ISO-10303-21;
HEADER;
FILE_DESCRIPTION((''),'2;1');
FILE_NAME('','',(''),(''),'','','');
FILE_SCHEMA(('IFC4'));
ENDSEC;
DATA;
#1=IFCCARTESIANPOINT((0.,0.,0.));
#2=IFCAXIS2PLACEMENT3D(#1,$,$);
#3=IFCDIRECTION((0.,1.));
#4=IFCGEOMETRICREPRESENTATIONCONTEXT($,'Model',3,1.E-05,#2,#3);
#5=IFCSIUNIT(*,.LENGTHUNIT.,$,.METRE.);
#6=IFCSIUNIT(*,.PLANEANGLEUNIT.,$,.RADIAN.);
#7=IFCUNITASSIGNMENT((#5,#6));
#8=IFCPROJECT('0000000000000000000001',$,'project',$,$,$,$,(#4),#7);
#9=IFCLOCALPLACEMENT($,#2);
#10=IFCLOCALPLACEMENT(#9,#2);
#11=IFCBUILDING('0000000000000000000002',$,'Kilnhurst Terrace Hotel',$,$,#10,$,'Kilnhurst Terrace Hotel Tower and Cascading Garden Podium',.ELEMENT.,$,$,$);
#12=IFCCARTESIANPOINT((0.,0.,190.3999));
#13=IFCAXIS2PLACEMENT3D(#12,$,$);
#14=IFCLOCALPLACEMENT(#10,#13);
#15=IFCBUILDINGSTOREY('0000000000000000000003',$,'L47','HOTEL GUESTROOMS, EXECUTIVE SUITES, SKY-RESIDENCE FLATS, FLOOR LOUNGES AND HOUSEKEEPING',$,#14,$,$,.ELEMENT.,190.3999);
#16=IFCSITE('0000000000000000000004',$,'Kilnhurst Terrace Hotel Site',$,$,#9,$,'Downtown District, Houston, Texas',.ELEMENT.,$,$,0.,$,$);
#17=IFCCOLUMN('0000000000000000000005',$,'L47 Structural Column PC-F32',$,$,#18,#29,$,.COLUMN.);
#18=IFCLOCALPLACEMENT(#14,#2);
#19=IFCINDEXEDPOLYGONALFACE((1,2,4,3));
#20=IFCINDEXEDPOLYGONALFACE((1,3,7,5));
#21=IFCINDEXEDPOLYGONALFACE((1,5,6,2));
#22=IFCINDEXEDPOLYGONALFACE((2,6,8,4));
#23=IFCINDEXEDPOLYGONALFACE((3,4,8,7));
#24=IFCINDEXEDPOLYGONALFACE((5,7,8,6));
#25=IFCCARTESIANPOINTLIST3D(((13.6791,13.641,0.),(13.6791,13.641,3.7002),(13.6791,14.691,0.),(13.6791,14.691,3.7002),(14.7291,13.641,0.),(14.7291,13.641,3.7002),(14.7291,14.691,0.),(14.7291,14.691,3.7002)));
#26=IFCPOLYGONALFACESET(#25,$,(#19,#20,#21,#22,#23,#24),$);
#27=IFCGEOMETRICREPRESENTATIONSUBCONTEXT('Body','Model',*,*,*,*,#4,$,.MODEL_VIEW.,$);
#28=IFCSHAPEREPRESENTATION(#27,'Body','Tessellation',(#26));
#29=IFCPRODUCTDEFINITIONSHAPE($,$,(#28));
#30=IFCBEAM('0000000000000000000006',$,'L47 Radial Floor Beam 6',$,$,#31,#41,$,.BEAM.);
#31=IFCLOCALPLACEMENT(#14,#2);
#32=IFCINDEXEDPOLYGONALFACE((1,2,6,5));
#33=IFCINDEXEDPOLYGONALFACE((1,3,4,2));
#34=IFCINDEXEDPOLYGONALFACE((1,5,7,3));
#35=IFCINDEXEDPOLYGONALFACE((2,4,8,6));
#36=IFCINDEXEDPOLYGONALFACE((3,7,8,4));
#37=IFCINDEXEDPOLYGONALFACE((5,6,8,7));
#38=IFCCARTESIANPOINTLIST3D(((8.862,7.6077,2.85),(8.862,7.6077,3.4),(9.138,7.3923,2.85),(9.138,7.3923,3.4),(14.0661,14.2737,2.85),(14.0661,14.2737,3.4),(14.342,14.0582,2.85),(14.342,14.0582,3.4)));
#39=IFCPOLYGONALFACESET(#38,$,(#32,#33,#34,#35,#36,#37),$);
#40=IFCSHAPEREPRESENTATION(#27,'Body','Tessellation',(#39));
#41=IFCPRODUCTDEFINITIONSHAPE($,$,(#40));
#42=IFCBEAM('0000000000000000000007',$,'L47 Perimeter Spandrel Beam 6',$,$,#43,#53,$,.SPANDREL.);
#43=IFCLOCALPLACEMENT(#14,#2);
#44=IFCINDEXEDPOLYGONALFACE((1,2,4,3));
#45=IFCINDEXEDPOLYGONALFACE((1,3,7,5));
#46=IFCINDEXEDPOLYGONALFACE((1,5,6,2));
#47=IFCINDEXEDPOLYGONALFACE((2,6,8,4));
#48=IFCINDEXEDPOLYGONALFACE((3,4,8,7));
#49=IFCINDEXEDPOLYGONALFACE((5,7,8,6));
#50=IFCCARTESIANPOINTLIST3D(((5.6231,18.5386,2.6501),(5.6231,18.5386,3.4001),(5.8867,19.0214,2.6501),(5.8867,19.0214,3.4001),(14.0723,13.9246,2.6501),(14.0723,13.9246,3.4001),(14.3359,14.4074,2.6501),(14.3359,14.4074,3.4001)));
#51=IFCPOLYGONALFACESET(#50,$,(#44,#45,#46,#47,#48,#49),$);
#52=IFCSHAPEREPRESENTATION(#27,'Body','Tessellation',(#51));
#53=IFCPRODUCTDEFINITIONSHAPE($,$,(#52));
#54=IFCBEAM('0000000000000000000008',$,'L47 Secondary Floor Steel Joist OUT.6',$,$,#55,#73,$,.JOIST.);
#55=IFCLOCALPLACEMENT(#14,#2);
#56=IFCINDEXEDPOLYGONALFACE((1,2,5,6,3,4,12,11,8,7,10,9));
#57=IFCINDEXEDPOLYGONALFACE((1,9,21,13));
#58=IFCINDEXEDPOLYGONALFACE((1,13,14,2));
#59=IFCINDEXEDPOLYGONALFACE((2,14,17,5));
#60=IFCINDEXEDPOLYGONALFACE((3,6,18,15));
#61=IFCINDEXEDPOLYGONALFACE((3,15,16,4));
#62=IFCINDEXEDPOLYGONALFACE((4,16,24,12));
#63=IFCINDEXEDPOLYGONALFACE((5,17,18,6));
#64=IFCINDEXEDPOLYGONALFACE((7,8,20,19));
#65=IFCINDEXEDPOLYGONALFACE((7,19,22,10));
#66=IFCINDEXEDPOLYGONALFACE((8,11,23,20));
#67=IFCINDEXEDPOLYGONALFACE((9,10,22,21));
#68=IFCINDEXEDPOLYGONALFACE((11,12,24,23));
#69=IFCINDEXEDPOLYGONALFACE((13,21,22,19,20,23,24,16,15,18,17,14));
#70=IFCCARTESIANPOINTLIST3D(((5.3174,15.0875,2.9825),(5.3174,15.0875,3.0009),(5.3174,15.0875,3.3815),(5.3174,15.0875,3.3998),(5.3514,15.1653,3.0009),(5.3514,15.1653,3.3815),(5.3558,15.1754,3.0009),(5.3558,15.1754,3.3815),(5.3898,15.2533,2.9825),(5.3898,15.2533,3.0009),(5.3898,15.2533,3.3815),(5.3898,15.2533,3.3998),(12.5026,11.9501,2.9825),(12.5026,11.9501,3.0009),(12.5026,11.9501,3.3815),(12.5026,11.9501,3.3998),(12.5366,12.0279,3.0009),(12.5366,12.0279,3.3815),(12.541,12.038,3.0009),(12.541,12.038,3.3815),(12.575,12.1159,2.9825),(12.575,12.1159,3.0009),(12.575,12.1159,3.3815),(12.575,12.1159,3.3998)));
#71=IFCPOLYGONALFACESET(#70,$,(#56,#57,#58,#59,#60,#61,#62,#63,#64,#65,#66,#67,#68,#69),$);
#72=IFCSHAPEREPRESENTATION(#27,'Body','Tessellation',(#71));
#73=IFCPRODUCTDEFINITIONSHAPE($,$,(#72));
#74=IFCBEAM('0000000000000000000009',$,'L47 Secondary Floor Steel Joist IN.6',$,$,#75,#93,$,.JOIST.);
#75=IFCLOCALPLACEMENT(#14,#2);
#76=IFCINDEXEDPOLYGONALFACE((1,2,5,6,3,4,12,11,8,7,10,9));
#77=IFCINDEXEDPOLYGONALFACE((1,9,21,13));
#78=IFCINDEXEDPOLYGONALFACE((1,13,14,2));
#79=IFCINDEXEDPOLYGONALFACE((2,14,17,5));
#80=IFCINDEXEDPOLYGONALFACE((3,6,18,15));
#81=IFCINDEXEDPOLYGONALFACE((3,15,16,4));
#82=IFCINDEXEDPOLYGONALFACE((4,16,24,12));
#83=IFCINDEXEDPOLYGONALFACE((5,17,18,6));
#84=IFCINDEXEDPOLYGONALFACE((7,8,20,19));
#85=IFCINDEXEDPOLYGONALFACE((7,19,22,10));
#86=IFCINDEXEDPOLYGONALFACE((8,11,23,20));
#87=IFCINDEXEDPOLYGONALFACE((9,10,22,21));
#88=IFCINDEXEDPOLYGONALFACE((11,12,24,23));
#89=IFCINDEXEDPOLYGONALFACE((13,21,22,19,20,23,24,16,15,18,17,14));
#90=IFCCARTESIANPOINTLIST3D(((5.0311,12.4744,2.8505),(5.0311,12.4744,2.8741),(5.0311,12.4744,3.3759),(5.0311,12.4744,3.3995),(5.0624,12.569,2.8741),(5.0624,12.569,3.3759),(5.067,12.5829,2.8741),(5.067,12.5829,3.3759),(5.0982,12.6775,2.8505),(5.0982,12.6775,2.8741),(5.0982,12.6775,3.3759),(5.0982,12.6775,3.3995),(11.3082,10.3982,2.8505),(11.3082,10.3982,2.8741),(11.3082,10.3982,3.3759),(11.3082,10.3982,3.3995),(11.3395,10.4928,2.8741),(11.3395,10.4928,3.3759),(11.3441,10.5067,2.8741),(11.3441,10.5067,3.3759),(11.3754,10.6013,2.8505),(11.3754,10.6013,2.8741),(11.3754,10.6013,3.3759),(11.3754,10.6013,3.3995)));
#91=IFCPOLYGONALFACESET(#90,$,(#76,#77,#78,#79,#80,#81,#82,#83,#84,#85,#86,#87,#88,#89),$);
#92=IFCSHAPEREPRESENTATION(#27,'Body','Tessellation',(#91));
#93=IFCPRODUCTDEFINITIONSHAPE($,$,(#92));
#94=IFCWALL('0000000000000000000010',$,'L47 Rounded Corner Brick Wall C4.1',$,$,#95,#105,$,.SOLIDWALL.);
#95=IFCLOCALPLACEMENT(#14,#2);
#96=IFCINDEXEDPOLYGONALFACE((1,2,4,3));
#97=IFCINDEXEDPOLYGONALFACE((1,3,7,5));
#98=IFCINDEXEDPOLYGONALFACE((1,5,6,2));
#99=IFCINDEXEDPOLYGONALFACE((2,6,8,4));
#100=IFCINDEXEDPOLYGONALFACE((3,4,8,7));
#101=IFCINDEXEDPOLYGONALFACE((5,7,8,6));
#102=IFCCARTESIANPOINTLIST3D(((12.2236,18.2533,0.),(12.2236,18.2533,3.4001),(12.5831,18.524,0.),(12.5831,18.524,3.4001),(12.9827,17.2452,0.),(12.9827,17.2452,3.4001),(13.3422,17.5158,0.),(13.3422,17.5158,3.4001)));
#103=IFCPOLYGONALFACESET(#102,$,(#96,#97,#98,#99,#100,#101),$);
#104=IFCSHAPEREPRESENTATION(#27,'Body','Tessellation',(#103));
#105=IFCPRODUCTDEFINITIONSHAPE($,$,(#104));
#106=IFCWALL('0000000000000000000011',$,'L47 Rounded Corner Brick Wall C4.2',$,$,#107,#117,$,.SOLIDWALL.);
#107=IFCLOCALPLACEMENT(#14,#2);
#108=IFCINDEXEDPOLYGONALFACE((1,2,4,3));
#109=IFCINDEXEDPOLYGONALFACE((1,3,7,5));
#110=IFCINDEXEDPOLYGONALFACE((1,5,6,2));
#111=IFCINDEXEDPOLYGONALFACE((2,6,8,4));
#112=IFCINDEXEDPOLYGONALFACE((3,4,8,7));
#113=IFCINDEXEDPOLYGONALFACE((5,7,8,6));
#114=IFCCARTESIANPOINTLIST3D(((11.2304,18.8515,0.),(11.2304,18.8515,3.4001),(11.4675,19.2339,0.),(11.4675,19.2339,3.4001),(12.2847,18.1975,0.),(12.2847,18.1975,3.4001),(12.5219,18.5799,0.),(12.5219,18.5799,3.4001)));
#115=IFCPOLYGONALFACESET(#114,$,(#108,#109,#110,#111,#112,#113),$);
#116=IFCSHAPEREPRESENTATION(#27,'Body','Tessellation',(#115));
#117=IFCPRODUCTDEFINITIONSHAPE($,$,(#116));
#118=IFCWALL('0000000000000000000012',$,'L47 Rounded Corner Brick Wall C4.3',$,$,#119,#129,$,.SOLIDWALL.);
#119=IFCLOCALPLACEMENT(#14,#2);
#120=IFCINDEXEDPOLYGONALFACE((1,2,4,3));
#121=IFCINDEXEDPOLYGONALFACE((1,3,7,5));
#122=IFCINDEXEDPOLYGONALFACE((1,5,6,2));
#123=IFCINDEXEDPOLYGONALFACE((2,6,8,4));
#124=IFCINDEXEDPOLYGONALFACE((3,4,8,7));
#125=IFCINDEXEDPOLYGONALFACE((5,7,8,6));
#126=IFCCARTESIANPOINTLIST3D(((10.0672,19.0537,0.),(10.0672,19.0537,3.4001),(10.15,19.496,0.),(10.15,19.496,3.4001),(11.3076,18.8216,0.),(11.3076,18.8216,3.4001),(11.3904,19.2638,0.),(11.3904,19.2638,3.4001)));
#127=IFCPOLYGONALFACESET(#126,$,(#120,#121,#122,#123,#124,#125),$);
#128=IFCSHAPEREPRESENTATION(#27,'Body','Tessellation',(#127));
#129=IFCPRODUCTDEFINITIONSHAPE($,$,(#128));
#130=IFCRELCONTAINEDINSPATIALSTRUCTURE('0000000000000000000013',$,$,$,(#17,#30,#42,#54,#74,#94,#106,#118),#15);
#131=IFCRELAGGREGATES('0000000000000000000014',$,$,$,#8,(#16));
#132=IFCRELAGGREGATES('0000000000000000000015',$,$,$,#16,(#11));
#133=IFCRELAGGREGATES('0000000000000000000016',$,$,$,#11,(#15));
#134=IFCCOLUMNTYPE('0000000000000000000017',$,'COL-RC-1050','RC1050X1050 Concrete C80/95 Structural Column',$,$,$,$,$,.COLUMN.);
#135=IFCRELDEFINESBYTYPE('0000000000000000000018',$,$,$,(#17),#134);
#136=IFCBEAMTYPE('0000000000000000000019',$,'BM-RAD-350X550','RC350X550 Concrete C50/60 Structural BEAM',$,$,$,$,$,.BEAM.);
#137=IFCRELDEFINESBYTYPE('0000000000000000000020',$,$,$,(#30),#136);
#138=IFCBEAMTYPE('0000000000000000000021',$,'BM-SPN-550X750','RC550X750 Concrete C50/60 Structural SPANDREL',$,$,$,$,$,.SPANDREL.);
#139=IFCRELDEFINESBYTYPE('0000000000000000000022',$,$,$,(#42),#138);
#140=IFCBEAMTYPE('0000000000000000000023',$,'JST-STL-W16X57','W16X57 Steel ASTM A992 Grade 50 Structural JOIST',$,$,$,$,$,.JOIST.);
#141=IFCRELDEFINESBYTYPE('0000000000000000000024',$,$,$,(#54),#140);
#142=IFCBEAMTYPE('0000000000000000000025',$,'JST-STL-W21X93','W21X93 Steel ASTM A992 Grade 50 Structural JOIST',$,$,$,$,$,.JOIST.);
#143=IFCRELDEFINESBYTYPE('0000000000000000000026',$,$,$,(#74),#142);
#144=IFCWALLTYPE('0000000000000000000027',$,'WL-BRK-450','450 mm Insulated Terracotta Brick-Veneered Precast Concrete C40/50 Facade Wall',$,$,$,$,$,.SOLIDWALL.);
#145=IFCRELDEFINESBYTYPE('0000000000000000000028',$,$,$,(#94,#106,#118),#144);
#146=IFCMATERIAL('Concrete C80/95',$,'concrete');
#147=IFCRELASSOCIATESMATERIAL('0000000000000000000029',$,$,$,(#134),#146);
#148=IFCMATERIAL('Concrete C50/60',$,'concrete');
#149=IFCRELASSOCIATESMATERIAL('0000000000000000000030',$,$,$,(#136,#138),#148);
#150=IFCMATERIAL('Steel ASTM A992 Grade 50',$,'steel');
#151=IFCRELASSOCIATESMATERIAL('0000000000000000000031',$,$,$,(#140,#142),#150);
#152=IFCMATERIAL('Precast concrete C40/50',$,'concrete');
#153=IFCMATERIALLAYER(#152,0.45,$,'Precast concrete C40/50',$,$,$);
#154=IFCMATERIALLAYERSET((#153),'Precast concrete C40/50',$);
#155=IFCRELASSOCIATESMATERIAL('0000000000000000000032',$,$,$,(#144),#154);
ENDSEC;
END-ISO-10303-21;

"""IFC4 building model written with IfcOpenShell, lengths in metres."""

from ifc_helpers import new_model, si_unit, direction, frame, frame_2d, origin, origin_2d, place, context, subcontext, project, spatial, rectangle, i_section, extrude, material, layer, layer_set, material_profile, profile_set, type_object, element, save


model = new_model("IFC4")

# Units and contexts
model_context = context("Model", 3, precision=1e-05, world=origin(), true_north=direction((0.0, 1.0)))
body_context = subcontext(model_context, "Body", "Model", "MODEL_VIEW")
ifc_project = project(units=[si_unit("LENGTHUNIT", "METRE"), si_unit("PLANEANGLEUNIT", "RADIAN")], contexts=[model_context])

# Site, building, storey
site_placement = place(None, origin())
site = spatial("IfcSite", under=ifc_project, at=site_placement, Name="Kilnhurst Terrace Hotel Site", LongName="Downtown District, Houston, Texas", CompositionType="ELEMENT", RefElevation=0.0)
building_placement = place(site_placement, origin())
building = spatial("IfcBuilding", under=site, at=building_placement, Name="Kilnhurst Terrace Hotel", LongName="Kilnhurst Terrace Hotel Tower and Cascading Garden Podium", CompositionType="ELEMENT")
storey_placement = place(building_placement, frame((0.0, 0.0, 190.3999)))
storey = spatial("IfcBuildingStorey", under=building, at=storey_placement, Name="L47", Description="HOTEL GUESTROOMS, EXECUTIVE SUITES, SKY-RESIDENCE FLATS, FLOOR LOUNGES AND HOUSEKEEPING", CompositionType="ELEMENT", Elevation=190.3999)

# Column
ifc_material_1 = material(Name="Concrete C80/95", Category="concrete")
ifc_material_profile_1 = material_profile(ifc_material_1, rectangle(XDim=1.05, YDim=1.05, at=origin_2d()), Name="RC1050X1050")
ifc_profile_set_1 = profile_set([ifc_material_profile_1], Name="Concrete C80/95")
column_type = type_object("IfcColumnType", Name="COL-RC-1050", Description="RC1050X1050 Concrete C80/95 Structural Column", PredefinedType="COLUMN", material=ifc_profile_set_1)
column_placement = place(storey_placement, frame((14.2041, 14.166, 0.0), z_axis=(0.0, 0.0, 1.0), x_axis=(1.0, 0.0, 0.0)))
element("IfcColumn", 1, at=column_placement, inside=storey, type_object=column_type, Name="L47 Structural Column PC-F32", PredefinedType="COLUMN", context=body_context, shape_type="SweptSolid", body=[
    extrude(rectangle(XDim=1.05, YDim=1.05, at=origin_2d()), origin(), (0.0, 0.0, 1.0), 3.7002),
])

# Beams
ifc_material_2 = material(Name="Concrete C50/60", Category="concrete")
ifc_material_profile_2 = material_profile(ifc_material_2, rectangle(XDim=0.3501, YDim=0.55, at=origin_2d()), Name="RC350X550")
ifc_profile_set_2 = profile_set([ifc_material_profile_2], Name="Concrete C50/60")
beam_type_1 = type_object("IfcBeamType", Name="BM-RAD-350X550", Description="RC350X550 Concrete C50/60 Structural BEAM", PredefinedType="BEAM", material=ifc_profile_set_2)
beam_1_placement = place(storey_placement, frame((9.0, 7.5, 3.125), z_axis=(0.615371, 0.788238, 0.0), x_axis=(-0.788238, 0.615371, 0.0)))
element("IfcBeam", 2, at=beam_1_placement, inside=storey, type_object=beam_type_1, Name="L47 Radial Floor Beam 6", PredefinedType="BEAM", context=body_context, shape_type="SweptSolid", body=[
    extrude(rectangle(XDim=0.3501, YDim=0.55, at=origin_2d()), origin(), (0.0, 0.0, 1.0), 8.4568),
])
ifc_material_profile_3 = material_profile(ifc_material_2, rectangle(XDim=0.55, YDim=0.75, at=origin_2d()), Name="RC550X750")
ifc_profile_set_3 = profile_set([ifc_material_profile_3], Name="Concrete C50/60")
beam_type_2 = type_object("IfcBeamType", Name="BM-SPN-550X750", Description="RC550X750 Concrete C50/60 Structural SPANDREL", PredefinedType="SPANDREL", material=ifc_profile_set_3)
beam_2_placement = place(storey_placement, frame((14.2041, 14.166, 3.0251), z_axis=(-0.877662, 0.47928, 0.0), x_axis=(-0.47928, -0.877662, 0.0)))
element("IfcBeam", 3, at=beam_2_placement, inside=storey, type_object=beam_type_2, Name="L47 Perimeter Spandrel Beam 6", PredefinedType="SPANDREL", context=body_context, shape_type="SweptSolid", body=[
    extrude(rectangle(XDim=0.55, YDim=0.75, at=origin_2d()), origin(), (0.0, 0.0, 1.0), 9.627),
])
ifc_material_3 = material(Name="Steel ASTM A992 Grade 50", Category="steel")
ifc_material_profile_4 = material_profile(ifc_material_3, i_section(OverallWidth=0.1809, OverallDepth=0.4172, WebThickness=0.011, FlangeThickness=0.0183, at=origin_2d()), Name="W16X57")
ifc_profile_set_4 = profile_set([ifc_material_profile_4], Name="Steel ASTM A992 Grade 50")
beam_type_3 = type_object("IfcBeamType", Name="JST-STL-W16X57", Description="W16X57 Steel ASTM A992 Grade 50 Structural JOIST", PredefinedType="JOIST", material=ifc_profile_set_4)
beam_3_placement = place(storey_placement, frame((12.5388, 12.033, 3.1912), z_axis=(-0.916444, 0.400164, 0.0), x_axis=(-0.400164, -0.916444, 0.0)))
element("IfcBeam", 4, at=beam_3_placement, inside=storey, type_object=beam_type_3, Name="L47 Secondary Floor Steel Joist OUT.6", PredefinedType="JOIST", context=body_context, shape_type="SweptSolid", body=[
    extrude(i_section(OverallWidth=0.1809, OverallDepth=0.4172, WebThickness=0.011, FlangeThickness=0.0183, at=origin_2d()), origin(), (0.0, 0.0, 1.0), 7.8403),
])
ifc_material_profile_5 = material_profile(ifc_material_3, i_section(OverallWidth=0.2139, OverallDepth=0.5491, WebThickness=0.0146, FlangeThickness=0.0237, at=origin_2d()), Name="W21X93")
ifc_profile_set_5 = profile_set([ifc_material_profile_5], Name="Steel ASTM A992 Grade 50")
beam_type_4 = type_object("IfcBeamType", Name="JST-STL-W21X93", Description="W21X93 Steel ASTM A992 Grade 50 Structural JOIST", PredefinedType="JOIST", material=ifc_profile_set_5)
beam_4_placement = place(storey_placement, frame((11.3418, 10.4998, 3.125), z_axis=(-0.949416, 0.314022, 0.0), x_axis=(-0.314022, -0.949416, 0.0)))
element("IfcBeam", 5, at=beam_4_placement, inside=storey, type_object=beam_type_4, Name="L47 Secondary Floor Steel Joist IN.6", PredefinedType="JOIST", context=body_context, shape_type="SweptSolid", body=[
    extrude(i_section(OverallWidth=0.2139, OverallDepth=0.5491, WebThickness=0.0146, FlangeThickness=0.0237, at=origin_2d()), origin(), (0.0, 0.0, 1.0), 6.6116),
])

# Walls
ifc_material_4 = material(Name="Precast concrete C40/50", Category="concrete")
ifc_layer_1 = layer(ifc_material_4, 0.45, Name="Precast concrete C40/50")
ifc_layer_set_1 = layer_set([ifc_layer_1], Name="Precast concrete C40/50")
wall_type_1 = type_object("IfcWallType", Name="WL-BRK-450", Description="450 mm Insulated Terracotta Brick-Veneered Precast Concrete C40/50 Facade Wall", PredefinedType="SOLIDWALL", material=ifc_layer_set_1)
wall_1_placement = place(storey_placement, frame((13.1624, 17.3806, 0.0), z_axis=(0.0, 0.0, 1.0), x_axis=(-0.601516, 0.798861, 0.0)))
element("IfcWall", 6, at=wall_1_placement, inside=storey, type_object=wall_type_1, Name="L47 Rounded Corner Brick Wall C4.1", PredefinedType="SOLIDWALL", context=body_context, shape_type="SweptSolid", body=[
    extrude(rectangle(XDim=1.262, YDim=0.45, at=frame_2d((0.6309, 0.0))), origin(), (0.0, 0.0, 1.0), 3.4001),
])
wall_2_placement = place(storey_placement, frame((12.4033, 18.3887, 0.0), z_axis=(0.0, 0.0, 1.0), x_axis=(-0.849795, 0.527113, 0.0)))
element("IfcWall", 7, at=wall_2_placement, inside=storey, type_object=wall_type_1, Name="L47 Rounded Corner Brick Wall C4.2", PredefinedType="SOLIDWALL", context=body_context, shape_type="SweptSolid", body=[
    extrude(rectangle(XDim=1.2407, YDim=0.45, at=frame_2d((0.6204, 0.0))), origin(), (0.0, 0.0, 1.0), 3.4001),
])
wall_3_placement = place(storey_placement, frame((11.3489, 19.0427, 0.0), z_axis=(0.0, 0.0, 1.0), x_axis=(-0.982931, 0.183973, 0.0)))
element("IfcWall", 8, at=wall_3_placement, inside=storey, type_object=wall_type_1, Name="L47 Rounded Corner Brick Wall C4.3", PredefinedType="SOLIDWALL", context=body_context, shape_type="SweptSolid", body=[
    extrude(rectangle(XDim=1.262, YDim=0.45, at=frame_2d((0.6309, 0.0))), origin(), (0.0, 0.0, 1.0), 3.4001),
])

save(model, "model.ifc")
